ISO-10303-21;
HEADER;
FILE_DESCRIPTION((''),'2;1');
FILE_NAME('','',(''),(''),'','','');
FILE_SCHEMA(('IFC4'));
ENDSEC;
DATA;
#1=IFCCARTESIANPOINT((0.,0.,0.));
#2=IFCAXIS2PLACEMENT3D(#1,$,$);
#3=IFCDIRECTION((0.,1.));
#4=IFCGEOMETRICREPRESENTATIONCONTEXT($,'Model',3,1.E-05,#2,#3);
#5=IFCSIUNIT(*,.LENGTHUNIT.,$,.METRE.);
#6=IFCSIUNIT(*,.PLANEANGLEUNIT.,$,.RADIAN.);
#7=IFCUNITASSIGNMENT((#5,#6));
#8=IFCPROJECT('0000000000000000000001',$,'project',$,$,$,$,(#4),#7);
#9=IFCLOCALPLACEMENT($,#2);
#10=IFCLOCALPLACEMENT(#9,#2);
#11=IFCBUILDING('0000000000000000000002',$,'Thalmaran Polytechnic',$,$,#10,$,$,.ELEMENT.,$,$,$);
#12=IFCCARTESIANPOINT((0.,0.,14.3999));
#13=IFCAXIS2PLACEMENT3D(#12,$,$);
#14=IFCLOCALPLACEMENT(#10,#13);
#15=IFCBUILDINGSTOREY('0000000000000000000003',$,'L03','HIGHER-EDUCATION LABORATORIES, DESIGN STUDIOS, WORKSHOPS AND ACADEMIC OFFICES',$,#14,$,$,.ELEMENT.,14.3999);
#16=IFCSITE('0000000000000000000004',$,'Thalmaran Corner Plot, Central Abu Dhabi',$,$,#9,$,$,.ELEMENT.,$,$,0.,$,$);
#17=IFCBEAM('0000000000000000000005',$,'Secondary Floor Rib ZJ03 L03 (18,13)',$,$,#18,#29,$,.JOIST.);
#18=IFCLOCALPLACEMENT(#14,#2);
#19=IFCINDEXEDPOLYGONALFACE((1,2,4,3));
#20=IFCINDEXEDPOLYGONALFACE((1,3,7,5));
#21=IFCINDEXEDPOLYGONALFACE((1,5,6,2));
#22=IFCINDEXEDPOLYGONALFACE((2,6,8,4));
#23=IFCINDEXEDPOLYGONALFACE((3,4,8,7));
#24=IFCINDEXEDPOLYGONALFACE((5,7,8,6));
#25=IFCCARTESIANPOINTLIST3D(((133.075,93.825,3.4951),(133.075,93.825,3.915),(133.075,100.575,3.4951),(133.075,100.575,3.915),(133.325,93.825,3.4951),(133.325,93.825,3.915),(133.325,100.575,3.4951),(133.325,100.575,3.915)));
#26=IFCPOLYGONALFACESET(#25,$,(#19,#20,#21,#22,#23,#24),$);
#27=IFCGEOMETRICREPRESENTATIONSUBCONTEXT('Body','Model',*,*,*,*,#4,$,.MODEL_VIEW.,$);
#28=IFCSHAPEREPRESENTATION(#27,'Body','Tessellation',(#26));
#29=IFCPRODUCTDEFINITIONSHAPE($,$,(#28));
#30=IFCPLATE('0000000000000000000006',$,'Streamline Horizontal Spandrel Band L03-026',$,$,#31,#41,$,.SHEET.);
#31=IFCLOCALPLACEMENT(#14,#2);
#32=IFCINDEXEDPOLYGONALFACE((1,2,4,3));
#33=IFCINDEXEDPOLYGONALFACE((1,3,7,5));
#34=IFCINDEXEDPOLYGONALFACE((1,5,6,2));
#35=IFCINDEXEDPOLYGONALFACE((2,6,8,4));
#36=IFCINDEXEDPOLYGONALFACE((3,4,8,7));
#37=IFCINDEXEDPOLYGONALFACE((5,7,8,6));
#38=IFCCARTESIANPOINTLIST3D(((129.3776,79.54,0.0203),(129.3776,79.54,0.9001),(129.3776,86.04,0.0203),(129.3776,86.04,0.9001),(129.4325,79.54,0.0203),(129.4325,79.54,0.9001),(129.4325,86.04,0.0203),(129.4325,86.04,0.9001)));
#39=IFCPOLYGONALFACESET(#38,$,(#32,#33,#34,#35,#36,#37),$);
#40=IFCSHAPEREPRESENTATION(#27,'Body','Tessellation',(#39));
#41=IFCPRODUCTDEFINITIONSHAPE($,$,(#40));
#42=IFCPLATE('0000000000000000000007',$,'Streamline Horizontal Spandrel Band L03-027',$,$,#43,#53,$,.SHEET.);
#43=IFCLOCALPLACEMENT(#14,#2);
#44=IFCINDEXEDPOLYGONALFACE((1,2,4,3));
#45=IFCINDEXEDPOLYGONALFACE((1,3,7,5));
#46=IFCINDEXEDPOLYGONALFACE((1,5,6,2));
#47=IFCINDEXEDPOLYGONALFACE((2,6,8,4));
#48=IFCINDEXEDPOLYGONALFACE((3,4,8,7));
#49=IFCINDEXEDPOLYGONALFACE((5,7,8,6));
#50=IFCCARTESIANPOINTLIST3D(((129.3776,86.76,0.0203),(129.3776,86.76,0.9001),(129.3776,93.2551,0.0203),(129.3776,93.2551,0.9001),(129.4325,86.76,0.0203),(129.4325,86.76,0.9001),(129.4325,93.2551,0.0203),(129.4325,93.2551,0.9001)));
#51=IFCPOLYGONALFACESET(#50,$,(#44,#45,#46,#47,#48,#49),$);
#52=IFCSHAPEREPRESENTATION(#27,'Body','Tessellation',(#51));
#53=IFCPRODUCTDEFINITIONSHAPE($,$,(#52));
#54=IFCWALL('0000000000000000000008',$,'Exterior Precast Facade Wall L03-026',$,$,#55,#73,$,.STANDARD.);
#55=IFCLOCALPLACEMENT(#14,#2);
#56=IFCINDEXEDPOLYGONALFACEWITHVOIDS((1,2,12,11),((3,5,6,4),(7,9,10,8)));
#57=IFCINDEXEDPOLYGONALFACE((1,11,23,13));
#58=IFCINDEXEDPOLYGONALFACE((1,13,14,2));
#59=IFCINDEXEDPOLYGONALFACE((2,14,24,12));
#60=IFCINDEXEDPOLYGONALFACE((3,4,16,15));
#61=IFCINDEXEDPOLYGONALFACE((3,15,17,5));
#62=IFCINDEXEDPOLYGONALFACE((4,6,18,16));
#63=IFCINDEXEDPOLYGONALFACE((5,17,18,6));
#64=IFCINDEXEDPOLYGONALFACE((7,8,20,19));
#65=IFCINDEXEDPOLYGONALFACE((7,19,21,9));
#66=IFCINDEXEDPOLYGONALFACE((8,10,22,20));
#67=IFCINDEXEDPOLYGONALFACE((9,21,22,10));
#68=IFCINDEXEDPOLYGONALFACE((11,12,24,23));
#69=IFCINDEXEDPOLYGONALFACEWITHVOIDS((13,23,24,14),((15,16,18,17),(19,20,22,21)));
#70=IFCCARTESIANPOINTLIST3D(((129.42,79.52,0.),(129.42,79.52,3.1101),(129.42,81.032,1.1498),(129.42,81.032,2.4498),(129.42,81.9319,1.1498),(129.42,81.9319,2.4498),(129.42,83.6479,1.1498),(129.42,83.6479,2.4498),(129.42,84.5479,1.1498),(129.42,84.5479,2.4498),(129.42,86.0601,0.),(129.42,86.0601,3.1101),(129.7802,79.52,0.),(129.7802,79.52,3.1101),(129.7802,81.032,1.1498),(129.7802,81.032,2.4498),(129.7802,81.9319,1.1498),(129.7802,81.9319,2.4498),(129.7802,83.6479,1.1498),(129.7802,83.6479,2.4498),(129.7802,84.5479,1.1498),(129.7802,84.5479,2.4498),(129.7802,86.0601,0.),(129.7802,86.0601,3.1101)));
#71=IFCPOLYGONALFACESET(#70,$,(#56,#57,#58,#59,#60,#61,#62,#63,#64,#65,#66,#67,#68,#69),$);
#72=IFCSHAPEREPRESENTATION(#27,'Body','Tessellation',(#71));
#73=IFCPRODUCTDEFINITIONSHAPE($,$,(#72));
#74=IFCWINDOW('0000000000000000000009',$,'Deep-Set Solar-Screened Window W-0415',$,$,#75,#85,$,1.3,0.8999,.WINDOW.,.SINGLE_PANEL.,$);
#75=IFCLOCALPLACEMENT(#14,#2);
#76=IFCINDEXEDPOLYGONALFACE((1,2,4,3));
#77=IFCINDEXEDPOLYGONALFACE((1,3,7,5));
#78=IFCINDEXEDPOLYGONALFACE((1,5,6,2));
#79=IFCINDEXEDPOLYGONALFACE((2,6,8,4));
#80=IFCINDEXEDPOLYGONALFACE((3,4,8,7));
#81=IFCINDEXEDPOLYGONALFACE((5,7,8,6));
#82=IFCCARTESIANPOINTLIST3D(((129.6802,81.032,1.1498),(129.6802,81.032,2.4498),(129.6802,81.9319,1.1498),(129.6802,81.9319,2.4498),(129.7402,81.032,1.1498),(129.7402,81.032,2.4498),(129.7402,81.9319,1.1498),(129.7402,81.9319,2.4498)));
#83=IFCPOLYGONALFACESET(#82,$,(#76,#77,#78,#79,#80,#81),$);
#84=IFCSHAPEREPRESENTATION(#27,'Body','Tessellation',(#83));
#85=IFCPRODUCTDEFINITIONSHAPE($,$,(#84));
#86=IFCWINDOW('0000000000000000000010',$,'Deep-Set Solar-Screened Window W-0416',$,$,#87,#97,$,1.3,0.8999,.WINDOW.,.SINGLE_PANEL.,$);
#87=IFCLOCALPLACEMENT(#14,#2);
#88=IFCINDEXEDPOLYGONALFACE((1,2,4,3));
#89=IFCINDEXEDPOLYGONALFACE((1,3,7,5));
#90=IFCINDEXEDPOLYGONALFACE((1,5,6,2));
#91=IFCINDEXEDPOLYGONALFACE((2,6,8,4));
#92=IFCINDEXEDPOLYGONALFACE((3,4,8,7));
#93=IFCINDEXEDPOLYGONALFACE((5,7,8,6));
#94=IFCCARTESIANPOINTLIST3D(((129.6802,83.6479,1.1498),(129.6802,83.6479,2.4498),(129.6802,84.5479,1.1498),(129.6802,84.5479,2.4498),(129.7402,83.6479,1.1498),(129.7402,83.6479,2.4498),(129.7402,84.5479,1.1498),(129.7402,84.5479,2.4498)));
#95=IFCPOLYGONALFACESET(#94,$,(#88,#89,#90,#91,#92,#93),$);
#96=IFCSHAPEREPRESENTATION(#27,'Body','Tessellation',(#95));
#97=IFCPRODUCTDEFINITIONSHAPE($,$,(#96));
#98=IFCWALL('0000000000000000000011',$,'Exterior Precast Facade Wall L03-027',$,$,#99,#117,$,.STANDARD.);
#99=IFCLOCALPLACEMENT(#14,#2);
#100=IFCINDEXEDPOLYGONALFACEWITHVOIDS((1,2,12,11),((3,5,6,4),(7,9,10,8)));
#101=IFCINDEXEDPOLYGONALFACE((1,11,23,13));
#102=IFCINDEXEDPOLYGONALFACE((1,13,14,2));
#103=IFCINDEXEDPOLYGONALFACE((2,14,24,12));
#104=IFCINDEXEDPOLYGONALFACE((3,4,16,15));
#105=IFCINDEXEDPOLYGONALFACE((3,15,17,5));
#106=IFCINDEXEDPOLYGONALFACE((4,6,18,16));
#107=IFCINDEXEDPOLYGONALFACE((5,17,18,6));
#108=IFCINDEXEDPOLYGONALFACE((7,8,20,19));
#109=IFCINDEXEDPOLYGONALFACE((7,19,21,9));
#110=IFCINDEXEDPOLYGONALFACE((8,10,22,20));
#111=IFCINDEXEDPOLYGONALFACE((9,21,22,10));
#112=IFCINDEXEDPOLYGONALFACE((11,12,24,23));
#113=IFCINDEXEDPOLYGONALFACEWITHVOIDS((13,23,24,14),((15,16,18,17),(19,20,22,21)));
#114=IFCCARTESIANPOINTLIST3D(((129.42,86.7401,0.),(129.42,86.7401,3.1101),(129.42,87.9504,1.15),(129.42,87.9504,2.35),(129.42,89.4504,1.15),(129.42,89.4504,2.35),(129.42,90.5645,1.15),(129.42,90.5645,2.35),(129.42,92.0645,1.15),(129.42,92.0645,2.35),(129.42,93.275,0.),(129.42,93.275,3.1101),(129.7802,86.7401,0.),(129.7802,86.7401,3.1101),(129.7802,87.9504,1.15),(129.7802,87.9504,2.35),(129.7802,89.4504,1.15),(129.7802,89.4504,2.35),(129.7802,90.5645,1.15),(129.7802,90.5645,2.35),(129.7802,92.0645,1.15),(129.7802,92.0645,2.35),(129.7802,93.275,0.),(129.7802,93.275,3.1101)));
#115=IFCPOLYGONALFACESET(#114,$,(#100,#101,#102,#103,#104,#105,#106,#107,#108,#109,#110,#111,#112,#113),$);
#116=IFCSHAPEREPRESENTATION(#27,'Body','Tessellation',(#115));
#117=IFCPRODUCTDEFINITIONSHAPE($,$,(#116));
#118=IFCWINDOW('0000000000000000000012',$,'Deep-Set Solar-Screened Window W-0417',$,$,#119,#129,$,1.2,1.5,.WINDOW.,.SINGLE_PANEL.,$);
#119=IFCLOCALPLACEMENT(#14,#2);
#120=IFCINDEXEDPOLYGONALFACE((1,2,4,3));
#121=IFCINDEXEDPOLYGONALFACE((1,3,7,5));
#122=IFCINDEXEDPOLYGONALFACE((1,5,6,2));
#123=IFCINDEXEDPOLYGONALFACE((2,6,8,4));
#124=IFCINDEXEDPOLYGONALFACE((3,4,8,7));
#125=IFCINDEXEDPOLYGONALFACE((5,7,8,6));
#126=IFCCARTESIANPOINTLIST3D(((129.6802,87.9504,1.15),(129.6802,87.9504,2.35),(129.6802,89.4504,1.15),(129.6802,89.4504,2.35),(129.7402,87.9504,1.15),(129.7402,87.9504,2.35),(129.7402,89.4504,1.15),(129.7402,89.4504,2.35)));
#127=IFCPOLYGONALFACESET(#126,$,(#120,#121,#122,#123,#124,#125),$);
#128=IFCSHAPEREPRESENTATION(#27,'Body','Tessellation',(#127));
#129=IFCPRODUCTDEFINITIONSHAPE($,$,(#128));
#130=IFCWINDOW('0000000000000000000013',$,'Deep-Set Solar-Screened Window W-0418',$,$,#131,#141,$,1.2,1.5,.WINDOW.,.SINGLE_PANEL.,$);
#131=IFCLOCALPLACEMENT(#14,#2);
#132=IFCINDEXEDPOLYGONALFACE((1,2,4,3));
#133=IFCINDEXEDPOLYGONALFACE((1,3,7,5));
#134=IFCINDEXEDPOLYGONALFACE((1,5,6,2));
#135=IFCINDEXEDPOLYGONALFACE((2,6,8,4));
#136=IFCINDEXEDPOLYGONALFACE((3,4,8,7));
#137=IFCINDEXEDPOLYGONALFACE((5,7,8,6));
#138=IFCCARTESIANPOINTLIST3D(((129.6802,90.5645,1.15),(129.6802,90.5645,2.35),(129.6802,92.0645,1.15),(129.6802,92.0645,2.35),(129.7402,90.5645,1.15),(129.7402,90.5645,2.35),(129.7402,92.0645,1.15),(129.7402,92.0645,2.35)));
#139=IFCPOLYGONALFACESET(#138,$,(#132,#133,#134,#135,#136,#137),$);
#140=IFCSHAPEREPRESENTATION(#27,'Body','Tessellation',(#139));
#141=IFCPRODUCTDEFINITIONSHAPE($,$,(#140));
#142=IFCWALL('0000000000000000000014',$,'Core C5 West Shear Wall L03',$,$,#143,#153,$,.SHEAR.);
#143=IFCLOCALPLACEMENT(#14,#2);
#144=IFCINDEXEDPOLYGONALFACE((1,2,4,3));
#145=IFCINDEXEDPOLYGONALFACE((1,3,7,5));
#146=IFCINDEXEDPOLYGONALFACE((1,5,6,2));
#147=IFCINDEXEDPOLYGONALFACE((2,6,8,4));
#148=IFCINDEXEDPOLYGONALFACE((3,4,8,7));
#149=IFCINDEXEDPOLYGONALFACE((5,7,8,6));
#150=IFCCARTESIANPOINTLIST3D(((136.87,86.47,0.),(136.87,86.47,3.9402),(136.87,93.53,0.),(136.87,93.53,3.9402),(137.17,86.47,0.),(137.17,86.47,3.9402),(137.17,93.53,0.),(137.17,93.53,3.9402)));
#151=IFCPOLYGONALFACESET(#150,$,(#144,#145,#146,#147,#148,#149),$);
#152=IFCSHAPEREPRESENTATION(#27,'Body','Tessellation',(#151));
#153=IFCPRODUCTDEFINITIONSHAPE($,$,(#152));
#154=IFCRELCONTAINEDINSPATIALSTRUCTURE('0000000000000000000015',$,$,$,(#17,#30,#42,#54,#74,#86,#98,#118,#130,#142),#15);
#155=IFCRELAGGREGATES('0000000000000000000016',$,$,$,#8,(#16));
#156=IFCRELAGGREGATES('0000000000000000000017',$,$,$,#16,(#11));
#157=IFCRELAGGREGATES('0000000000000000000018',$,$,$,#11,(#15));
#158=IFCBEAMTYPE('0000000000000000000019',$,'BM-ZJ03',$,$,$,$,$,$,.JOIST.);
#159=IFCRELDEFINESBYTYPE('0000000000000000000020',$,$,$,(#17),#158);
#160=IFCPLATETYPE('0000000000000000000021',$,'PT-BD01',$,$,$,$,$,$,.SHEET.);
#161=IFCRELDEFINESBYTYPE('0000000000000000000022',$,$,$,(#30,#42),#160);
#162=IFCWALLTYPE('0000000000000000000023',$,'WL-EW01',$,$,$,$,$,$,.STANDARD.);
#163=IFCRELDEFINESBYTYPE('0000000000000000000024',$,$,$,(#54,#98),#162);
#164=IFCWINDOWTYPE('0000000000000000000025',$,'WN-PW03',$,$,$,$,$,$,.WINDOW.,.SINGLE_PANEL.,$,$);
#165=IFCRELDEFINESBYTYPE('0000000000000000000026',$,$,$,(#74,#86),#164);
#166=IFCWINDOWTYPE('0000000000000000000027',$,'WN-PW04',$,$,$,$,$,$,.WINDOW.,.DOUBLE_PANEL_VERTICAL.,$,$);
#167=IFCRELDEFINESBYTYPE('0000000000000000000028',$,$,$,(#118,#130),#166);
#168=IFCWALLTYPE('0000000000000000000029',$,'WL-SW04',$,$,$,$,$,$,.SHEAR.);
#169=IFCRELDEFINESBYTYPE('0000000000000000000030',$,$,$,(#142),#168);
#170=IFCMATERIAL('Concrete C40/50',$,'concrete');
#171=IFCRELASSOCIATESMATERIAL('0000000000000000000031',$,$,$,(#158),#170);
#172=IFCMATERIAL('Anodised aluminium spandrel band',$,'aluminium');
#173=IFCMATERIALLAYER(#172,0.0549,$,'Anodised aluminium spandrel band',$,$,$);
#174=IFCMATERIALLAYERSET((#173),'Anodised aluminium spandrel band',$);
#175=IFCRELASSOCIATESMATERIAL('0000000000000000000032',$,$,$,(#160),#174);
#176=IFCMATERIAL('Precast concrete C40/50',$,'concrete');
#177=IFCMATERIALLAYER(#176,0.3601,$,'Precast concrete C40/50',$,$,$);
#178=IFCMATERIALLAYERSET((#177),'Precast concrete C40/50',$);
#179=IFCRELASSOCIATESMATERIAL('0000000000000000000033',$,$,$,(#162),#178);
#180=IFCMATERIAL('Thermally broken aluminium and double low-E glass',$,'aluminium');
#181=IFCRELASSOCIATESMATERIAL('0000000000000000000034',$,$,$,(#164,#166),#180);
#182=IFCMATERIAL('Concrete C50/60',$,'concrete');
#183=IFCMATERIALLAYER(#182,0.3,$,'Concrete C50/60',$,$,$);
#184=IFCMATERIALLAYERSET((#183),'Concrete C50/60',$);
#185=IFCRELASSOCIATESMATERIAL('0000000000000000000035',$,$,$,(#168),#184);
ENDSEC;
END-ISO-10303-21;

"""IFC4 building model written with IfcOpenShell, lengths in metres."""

from ifc_helpers import new_model, si_unit, direction, frame, frame_2d, origin, origin_2d, place, context, subcontext, project, spatial, rectangle, extrude, material, layer, layer_set, material_profile, profile_set, type_object, element, fill, save


model = new_model("IFC4")

# Units and contexts
model_context = context("Model", 3, precision=1e-05, world=origin(), true_north=direction((0.0, 1.0)))
body_context = subcontext(model_context, "Body", "Model", "MODEL_VIEW")
ifc_project = project(units=[si_unit("LENGTHUNIT", "METRE"), si_unit("PLANEANGLEUNIT", "RADIAN")], contexts=[model_context])

# Site, building, storey
site_placement = place(None, origin())
site = spatial("IfcSite", under=ifc_project, at=site_placement, Name="Thalmaran Corner Plot, Central Abu Dhabi", CompositionType="ELEMENT", RefElevation=0.0)
building_placement = place(site_placement, origin())
building = spatial("IfcBuilding", under=site, at=building_placement, Name="Thalmaran Polytechnic", CompositionType="ELEMENT")
storey_placement = place(building_placement, frame((0.0, 0.0, 14.3999)))
storey = spatial("IfcBuildingStorey", under=building, at=storey_placement, Name="L03", Description="HIGHER-EDUCATION LABORATORIES, DESIGN STUDIOS, WORKSHOPS AND ACADEMIC OFFICES", CompositionType="ELEMENT", Elevation=14.3999)

# Shared definitions
ifc_material_1 = material(Name="Concrete C40/50", Category="concrete")

# Beam
ifc_material_profile_1 = material_profile(ifc_material_1, rectangle(XDim=0.25, YDim=0.4199, at=origin_2d()), Name="RC 250x420")
ifc_profile_set_1 = profile_set([ifc_material_profile_1], Name="Concrete C40/50")
beam_type_1 = type_object("IfcBeamType", Name="BM-ZJ03", PredefinedType="JOIST", material=ifc_profile_set_1)
beam_1_placement = place(storey_placement, frame((133.2, 93.825, 3.7051), z_axis=(0.0, 1.0, 0.0), x_axis=(-1.0, 0.0, 0.0)))
element("IfcBeam", 1, at=beam_1_placement, inside=storey, type_object=beam_type_1, Name="Secondary Floor Rib ZJ03 L03 (18,13)", PredefinedType="JOIST", context=body_context, shape_type="SweptSolid", body=[
    extrude(rectangle(XDim=0.25, YDim=0.4199, at=origin_2d()), origin(), (0.0, 0.0, 1.0), 6.75),
])

# Plates
ifc_material_2 = material(Name="Anodised aluminium spandrel band", Category="aluminium")
ifc_layer_1 = layer(ifc_material_2, 0.0549, Name="Anodised aluminium spandrel band")
ifc_layer_set_1 = layer_set([ifc_layer_1], Name="Anodised aluminium spandrel band")
plate_type = type_object("IfcPlateType", Name="PT-BD01", PredefinedType="SHEET", material=ifc_layer_set_1)
plate_1_placement = place(storey_placement, frame((129.405, 82.79, 0.0203), z_axis=(0.0, 0.0, 1.0), x_axis=(0.0, 1.0, 0.0)))
element("IfcPlate", 2, at=plate_1_placement, inside=storey, type_object=plate_type, Name="Streamline Horizontal Spandrel Band L03-026", PredefinedType="SHEET", context=body_context, shape_type="SweptSolid", body=[
    extrude(rectangle(XDim=6.5, YDim=0.0549, at=origin_2d()), origin(), (0.0, 0.0, 1.0), 0.8799),
])
plate_2_placement = place(storey_placement, frame((129.405, 90.0076, 0.0203), z_axis=(0.0, 0.0, 1.0), x_axis=(0.0, 1.0, 0.0)))
element("IfcPlate", 3, at=plate_2_placement, inside=storey, type_object=plate_type, Name="Streamline Horizontal Spandrel Band L03-027", PredefinedType="SHEET", context=body_context, shape_type="SweptSolid", body=[
    extrude(rectangle(XDim=6.4951, YDim=0.0549, at=origin_2d()), origin(), (0.0, 0.0, 1.0), 0.8799),
])

# Walls, openings, windows
ifc_material_3 = material(Name="Precast concrete C40/50", Category="concrete")
ifc_layer_2 = layer(ifc_material_3, 0.3601, Name="Precast concrete C40/50")
ifc_layer_set_2 = layer_set([ifc_layer_2], Name="Precast concrete C40/50")
wall_type_1 = type_object("IfcWallType", Name="WL-EW01", PredefinedType="STANDARD", material=ifc_layer_set_2)
wall_1_placement = place(storey_placement, frame((129.6001, 79.52, 0.0), z_axis=(0.0, 0.0, 1.0), x_axis=(0.0, 1.0, 0.0)))
wall_1 = element("IfcWall", 4, at=wall_1_placement, inside=storey, type_object=wall_type_1, Name="Exterior Precast Facade Wall L03-026", PredefinedType="STANDARD", context=body_context, shape_type="SweptSolid", body=[
    extrude(rectangle(XDim=6.54, YDim=0.3601, at=frame_2d((3.27, 0.0))), origin(), (0.0, 0.0, 1.0), 3.1101),
])
opening_1_placement = place(wall_1_placement, frame((1.512, 0.0, 1.1499)))
opening_1 = element("IfcOpeningElement", 5, at=opening_1_placement, cuts=wall_1, PredefinedType="OPENING", context=body_context, shape_type="SweptSolid", body=[
    extrude(rectangle(XDim=0.8999, YDim=1.3, at=frame_2d((0.45, 0.6499))), frame((0.0, 0.1899, 0.0), z_axis=(0.0, -1.0, 0.0), x_axis=(1.0, 0.0, 0.0)), (0.0, 0.0, 1.0), 0.3801),
])
opening_2_placement = place(wall_1_placement, frame((4.1279, 0.0, 1.1499)))
opening_2 = element("IfcOpeningElement", 6, at=opening_2_placement, cuts=wall_1, PredefinedType="OPENING", context=body_context, shape_type="SweptSolid", body=[
    extrude(rectangle(XDim=0.8999, YDim=1.3, at=frame_2d((0.45, 0.6499))), frame((0.0, 0.1899, 0.0), z_axis=(0.0, -1.0, 0.0), x_axis=(1.0, 0.0, 0.0)), (0.0, 0.0, 1.0), 0.3801),
])
ifc_material_4 = material(Name="Thermally broken aluminium and double low-E glass", Category="aluminium")
window_type_1 = type_object("IfcWindowType", Name="WN-PW03", PartitioningType="SINGLE_PANEL", PredefinedType="WINDOW", material=ifc_material_4)
window_1_placement = place(opening_1_placement, origin())
window_1 = element("IfcWindow", 7, at=window_1_placement, inside=storey, type_object=window_type_1, Name="Deep-Set Solar-Screened Window W-0415", OverallHeight=1.3, OverallWidth=0.8999, PartitioningType="SINGLE_PANEL", PredefinedType="WINDOW", context=body_context, shape_type="SweptSolid", body=[
    extrude(rectangle(XDim=0.8999, YDim=1.3, at=frame_2d((0.45, 0.6499))), frame((0.0, -0.0801, 0.0), z_axis=(0.0, -1.0, 0.0), x_axis=(1.0, 0.0, 0.0)), (0.0, 0.0, 1.0), 0.0601),
])
fill(opening_1, window_1)
window_2_placement = place(opening_2_placement, origin())
window_2 = element("IfcWindow", 8, at=window_2_placement, inside=storey, type_object=window_type_1, Name="Deep-Set Solar-Screened Window W-0416", OverallHeight=1.3, OverallWidth=0.8999, PartitioningType="SINGLE_PANEL", PredefinedType="WINDOW", context=body_context, shape_type="SweptSolid", body=[
    extrude(rectangle(XDim=0.8999, YDim=1.3, at=frame_2d((0.45, 0.6499))), frame((0.0, -0.0801, 0.0), z_axis=(0.0, -1.0, 0.0), x_axis=(1.0, 0.0, 0.0)), (0.0, 0.0, 1.0), 0.0601),
])
fill(opening_2, window_2)
wall_2_placement = place(storey_placement, frame((129.6001, 86.74, 0.0), z_axis=(0.0, 0.0, 1.0), x_axis=(0.0, 1.0, 0.0)))
wall_2 = element("IfcWall", 9, at=wall_2_placement, inside=storey, type_object=wall_type_1, Name="Exterior Precast Facade Wall L03-027", PredefinedType="STANDARD", context=body_context, shape_type="SweptSolid", body=[
    extrude(rectangle(XDim=6.5349, YDim=0.3601, at=frame_2d((3.2676, 0.0))), origin(), (0.0, 0.0, 1.0), 3.1101),
])
opening_3_placement = place(wall_2_placement, frame((1.2104, 0.0, 1.1499)))
opening_3 = element("IfcOpeningElement", 10, at=opening_3_placement, cuts=wall_2, PredefinedType="OPENING", context=body_context, shape_type="SweptSolid", body=[
    extrude(rectangle(XDim=1.5, YDim=1.2, at=frame_2d((0.75, 0.6001))), frame((0.0, 0.1899, 0.0), z_axis=(0.0, -1.0, 0.0), x_axis=(1.0, 0.0, 0.0)), (0.0, 0.0, 1.0), 0.3801),
])
opening_4_placement = place(wall_2_placement, frame((3.8245, 0.0, 1.1499)))
opening_4 = element("IfcOpeningElement", 11, at=opening_4_placement, cuts=wall_2, PredefinedType="OPENING", context=body_context, shape_type="SweptSolid", body=[
    extrude(rectangle(XDim=1.5, YDim=1.2, at=frame_2d((0.75, 0.6001))), frame((0.0, 0.1899, 0.0), z_axis=(0.0, -1.0, 0.0), x_axis=(1.0, 0.0, 0.0)), (0.0, 0.0, 1.0), 0.3801),
])
window_type_2 = type_object("IfcWindowType", Name="WN-PW04", PartitioningType="DOUBLE_PANEL_VERTICAL", PredefinedType="WINDOW", material=ifc_material_4)
window_3_placement = place(opening_3_placement, origin())
window_3 = element("IfcWindow", 12, at=window_3_placement, inside=storey, type_object=window_type_2, Name="Deep-Set Solar-Screened Window W-0417", OverallHeight=1.2, OverallWidth=1.5, PartitioningType="SINGLE_PANEL", PredefinedType="WINDOW", context=body_context, shape_type="SweptSolid", body=[
    extrude(rectangle(XDim=1.5, YDim=1.2, at=frame_2d((0.75, 0.6001))), frame((0.0, -0.0801, 0.0), z_axis=(0.0, -1.0, 0.0), x_axis=(1.0, 0.0, 0.0)), (0.0, 0.0, 1.0), 0.0601),
])
fill(opening_3, window_3)
window_4_placement = place(opening_4_placement, origin())
window_4 = element("IfcWindow", 13, at=window_4_placement, inside=storey, type_object=window_type_2, Name="Deep-Set Solar-Screened Window W-0418", OverallHeight=1.2, OverallWidth=1.5, PartitioningType="SINGLE_PANEL", PredefinedType="WINDOW", context=body_context, shape_type="SweptSolid", body=[
    extrude(rectangle(XDim=1.5, YDim=1.2, at=frame_2d((0.75, 0.6001))), frame((0.0, -0.0801, 0.0), z_axis=(0.0, -1.0, 0.0), x_axis=(1.0, 0.0, 0.0)), (0.0, 0.0, 1.0), 0.0601),
])
fill(opening_4, window_4)

# Wall
ifc_material_5 = material(Name="Concrete C50/60", Category="concrete")
ifc_layer_3 = layer(ifc_material_5, 0.3, Name="Concrete C50/60")
ifc_layer_set_3 = layer_set([ifc_layer_3], Name="Concrete C50/60")
wall_type_2 = type_object("IfcWallType", Name="WL-SW04", PredefinedType="SHEAR", material=ifc_layer_set_3)
wall_3_placement = place(storey_placement, frame((137.02, 93.53, 0.0), z_axis=(0.0, 0.0, 1.0), x_axis=(0.0, -1.0, 0.0)))
element("IfcWall", 14, at=wall_3_placement, inside=storey, type_object=wall_type_2, Name="Core C5 West Shear Wall L03", PredefinedType="SHEAR", context=body_context, shape_type="SweptSolid", body=[
    extrude(rectangle(XDim=7.0601, YDim=0.3, at=frame_2d((3.53, 0.0))), origin(), (0.0, 0.0, 1.0), 3.9402),
])

save(model, "model.ifc")
